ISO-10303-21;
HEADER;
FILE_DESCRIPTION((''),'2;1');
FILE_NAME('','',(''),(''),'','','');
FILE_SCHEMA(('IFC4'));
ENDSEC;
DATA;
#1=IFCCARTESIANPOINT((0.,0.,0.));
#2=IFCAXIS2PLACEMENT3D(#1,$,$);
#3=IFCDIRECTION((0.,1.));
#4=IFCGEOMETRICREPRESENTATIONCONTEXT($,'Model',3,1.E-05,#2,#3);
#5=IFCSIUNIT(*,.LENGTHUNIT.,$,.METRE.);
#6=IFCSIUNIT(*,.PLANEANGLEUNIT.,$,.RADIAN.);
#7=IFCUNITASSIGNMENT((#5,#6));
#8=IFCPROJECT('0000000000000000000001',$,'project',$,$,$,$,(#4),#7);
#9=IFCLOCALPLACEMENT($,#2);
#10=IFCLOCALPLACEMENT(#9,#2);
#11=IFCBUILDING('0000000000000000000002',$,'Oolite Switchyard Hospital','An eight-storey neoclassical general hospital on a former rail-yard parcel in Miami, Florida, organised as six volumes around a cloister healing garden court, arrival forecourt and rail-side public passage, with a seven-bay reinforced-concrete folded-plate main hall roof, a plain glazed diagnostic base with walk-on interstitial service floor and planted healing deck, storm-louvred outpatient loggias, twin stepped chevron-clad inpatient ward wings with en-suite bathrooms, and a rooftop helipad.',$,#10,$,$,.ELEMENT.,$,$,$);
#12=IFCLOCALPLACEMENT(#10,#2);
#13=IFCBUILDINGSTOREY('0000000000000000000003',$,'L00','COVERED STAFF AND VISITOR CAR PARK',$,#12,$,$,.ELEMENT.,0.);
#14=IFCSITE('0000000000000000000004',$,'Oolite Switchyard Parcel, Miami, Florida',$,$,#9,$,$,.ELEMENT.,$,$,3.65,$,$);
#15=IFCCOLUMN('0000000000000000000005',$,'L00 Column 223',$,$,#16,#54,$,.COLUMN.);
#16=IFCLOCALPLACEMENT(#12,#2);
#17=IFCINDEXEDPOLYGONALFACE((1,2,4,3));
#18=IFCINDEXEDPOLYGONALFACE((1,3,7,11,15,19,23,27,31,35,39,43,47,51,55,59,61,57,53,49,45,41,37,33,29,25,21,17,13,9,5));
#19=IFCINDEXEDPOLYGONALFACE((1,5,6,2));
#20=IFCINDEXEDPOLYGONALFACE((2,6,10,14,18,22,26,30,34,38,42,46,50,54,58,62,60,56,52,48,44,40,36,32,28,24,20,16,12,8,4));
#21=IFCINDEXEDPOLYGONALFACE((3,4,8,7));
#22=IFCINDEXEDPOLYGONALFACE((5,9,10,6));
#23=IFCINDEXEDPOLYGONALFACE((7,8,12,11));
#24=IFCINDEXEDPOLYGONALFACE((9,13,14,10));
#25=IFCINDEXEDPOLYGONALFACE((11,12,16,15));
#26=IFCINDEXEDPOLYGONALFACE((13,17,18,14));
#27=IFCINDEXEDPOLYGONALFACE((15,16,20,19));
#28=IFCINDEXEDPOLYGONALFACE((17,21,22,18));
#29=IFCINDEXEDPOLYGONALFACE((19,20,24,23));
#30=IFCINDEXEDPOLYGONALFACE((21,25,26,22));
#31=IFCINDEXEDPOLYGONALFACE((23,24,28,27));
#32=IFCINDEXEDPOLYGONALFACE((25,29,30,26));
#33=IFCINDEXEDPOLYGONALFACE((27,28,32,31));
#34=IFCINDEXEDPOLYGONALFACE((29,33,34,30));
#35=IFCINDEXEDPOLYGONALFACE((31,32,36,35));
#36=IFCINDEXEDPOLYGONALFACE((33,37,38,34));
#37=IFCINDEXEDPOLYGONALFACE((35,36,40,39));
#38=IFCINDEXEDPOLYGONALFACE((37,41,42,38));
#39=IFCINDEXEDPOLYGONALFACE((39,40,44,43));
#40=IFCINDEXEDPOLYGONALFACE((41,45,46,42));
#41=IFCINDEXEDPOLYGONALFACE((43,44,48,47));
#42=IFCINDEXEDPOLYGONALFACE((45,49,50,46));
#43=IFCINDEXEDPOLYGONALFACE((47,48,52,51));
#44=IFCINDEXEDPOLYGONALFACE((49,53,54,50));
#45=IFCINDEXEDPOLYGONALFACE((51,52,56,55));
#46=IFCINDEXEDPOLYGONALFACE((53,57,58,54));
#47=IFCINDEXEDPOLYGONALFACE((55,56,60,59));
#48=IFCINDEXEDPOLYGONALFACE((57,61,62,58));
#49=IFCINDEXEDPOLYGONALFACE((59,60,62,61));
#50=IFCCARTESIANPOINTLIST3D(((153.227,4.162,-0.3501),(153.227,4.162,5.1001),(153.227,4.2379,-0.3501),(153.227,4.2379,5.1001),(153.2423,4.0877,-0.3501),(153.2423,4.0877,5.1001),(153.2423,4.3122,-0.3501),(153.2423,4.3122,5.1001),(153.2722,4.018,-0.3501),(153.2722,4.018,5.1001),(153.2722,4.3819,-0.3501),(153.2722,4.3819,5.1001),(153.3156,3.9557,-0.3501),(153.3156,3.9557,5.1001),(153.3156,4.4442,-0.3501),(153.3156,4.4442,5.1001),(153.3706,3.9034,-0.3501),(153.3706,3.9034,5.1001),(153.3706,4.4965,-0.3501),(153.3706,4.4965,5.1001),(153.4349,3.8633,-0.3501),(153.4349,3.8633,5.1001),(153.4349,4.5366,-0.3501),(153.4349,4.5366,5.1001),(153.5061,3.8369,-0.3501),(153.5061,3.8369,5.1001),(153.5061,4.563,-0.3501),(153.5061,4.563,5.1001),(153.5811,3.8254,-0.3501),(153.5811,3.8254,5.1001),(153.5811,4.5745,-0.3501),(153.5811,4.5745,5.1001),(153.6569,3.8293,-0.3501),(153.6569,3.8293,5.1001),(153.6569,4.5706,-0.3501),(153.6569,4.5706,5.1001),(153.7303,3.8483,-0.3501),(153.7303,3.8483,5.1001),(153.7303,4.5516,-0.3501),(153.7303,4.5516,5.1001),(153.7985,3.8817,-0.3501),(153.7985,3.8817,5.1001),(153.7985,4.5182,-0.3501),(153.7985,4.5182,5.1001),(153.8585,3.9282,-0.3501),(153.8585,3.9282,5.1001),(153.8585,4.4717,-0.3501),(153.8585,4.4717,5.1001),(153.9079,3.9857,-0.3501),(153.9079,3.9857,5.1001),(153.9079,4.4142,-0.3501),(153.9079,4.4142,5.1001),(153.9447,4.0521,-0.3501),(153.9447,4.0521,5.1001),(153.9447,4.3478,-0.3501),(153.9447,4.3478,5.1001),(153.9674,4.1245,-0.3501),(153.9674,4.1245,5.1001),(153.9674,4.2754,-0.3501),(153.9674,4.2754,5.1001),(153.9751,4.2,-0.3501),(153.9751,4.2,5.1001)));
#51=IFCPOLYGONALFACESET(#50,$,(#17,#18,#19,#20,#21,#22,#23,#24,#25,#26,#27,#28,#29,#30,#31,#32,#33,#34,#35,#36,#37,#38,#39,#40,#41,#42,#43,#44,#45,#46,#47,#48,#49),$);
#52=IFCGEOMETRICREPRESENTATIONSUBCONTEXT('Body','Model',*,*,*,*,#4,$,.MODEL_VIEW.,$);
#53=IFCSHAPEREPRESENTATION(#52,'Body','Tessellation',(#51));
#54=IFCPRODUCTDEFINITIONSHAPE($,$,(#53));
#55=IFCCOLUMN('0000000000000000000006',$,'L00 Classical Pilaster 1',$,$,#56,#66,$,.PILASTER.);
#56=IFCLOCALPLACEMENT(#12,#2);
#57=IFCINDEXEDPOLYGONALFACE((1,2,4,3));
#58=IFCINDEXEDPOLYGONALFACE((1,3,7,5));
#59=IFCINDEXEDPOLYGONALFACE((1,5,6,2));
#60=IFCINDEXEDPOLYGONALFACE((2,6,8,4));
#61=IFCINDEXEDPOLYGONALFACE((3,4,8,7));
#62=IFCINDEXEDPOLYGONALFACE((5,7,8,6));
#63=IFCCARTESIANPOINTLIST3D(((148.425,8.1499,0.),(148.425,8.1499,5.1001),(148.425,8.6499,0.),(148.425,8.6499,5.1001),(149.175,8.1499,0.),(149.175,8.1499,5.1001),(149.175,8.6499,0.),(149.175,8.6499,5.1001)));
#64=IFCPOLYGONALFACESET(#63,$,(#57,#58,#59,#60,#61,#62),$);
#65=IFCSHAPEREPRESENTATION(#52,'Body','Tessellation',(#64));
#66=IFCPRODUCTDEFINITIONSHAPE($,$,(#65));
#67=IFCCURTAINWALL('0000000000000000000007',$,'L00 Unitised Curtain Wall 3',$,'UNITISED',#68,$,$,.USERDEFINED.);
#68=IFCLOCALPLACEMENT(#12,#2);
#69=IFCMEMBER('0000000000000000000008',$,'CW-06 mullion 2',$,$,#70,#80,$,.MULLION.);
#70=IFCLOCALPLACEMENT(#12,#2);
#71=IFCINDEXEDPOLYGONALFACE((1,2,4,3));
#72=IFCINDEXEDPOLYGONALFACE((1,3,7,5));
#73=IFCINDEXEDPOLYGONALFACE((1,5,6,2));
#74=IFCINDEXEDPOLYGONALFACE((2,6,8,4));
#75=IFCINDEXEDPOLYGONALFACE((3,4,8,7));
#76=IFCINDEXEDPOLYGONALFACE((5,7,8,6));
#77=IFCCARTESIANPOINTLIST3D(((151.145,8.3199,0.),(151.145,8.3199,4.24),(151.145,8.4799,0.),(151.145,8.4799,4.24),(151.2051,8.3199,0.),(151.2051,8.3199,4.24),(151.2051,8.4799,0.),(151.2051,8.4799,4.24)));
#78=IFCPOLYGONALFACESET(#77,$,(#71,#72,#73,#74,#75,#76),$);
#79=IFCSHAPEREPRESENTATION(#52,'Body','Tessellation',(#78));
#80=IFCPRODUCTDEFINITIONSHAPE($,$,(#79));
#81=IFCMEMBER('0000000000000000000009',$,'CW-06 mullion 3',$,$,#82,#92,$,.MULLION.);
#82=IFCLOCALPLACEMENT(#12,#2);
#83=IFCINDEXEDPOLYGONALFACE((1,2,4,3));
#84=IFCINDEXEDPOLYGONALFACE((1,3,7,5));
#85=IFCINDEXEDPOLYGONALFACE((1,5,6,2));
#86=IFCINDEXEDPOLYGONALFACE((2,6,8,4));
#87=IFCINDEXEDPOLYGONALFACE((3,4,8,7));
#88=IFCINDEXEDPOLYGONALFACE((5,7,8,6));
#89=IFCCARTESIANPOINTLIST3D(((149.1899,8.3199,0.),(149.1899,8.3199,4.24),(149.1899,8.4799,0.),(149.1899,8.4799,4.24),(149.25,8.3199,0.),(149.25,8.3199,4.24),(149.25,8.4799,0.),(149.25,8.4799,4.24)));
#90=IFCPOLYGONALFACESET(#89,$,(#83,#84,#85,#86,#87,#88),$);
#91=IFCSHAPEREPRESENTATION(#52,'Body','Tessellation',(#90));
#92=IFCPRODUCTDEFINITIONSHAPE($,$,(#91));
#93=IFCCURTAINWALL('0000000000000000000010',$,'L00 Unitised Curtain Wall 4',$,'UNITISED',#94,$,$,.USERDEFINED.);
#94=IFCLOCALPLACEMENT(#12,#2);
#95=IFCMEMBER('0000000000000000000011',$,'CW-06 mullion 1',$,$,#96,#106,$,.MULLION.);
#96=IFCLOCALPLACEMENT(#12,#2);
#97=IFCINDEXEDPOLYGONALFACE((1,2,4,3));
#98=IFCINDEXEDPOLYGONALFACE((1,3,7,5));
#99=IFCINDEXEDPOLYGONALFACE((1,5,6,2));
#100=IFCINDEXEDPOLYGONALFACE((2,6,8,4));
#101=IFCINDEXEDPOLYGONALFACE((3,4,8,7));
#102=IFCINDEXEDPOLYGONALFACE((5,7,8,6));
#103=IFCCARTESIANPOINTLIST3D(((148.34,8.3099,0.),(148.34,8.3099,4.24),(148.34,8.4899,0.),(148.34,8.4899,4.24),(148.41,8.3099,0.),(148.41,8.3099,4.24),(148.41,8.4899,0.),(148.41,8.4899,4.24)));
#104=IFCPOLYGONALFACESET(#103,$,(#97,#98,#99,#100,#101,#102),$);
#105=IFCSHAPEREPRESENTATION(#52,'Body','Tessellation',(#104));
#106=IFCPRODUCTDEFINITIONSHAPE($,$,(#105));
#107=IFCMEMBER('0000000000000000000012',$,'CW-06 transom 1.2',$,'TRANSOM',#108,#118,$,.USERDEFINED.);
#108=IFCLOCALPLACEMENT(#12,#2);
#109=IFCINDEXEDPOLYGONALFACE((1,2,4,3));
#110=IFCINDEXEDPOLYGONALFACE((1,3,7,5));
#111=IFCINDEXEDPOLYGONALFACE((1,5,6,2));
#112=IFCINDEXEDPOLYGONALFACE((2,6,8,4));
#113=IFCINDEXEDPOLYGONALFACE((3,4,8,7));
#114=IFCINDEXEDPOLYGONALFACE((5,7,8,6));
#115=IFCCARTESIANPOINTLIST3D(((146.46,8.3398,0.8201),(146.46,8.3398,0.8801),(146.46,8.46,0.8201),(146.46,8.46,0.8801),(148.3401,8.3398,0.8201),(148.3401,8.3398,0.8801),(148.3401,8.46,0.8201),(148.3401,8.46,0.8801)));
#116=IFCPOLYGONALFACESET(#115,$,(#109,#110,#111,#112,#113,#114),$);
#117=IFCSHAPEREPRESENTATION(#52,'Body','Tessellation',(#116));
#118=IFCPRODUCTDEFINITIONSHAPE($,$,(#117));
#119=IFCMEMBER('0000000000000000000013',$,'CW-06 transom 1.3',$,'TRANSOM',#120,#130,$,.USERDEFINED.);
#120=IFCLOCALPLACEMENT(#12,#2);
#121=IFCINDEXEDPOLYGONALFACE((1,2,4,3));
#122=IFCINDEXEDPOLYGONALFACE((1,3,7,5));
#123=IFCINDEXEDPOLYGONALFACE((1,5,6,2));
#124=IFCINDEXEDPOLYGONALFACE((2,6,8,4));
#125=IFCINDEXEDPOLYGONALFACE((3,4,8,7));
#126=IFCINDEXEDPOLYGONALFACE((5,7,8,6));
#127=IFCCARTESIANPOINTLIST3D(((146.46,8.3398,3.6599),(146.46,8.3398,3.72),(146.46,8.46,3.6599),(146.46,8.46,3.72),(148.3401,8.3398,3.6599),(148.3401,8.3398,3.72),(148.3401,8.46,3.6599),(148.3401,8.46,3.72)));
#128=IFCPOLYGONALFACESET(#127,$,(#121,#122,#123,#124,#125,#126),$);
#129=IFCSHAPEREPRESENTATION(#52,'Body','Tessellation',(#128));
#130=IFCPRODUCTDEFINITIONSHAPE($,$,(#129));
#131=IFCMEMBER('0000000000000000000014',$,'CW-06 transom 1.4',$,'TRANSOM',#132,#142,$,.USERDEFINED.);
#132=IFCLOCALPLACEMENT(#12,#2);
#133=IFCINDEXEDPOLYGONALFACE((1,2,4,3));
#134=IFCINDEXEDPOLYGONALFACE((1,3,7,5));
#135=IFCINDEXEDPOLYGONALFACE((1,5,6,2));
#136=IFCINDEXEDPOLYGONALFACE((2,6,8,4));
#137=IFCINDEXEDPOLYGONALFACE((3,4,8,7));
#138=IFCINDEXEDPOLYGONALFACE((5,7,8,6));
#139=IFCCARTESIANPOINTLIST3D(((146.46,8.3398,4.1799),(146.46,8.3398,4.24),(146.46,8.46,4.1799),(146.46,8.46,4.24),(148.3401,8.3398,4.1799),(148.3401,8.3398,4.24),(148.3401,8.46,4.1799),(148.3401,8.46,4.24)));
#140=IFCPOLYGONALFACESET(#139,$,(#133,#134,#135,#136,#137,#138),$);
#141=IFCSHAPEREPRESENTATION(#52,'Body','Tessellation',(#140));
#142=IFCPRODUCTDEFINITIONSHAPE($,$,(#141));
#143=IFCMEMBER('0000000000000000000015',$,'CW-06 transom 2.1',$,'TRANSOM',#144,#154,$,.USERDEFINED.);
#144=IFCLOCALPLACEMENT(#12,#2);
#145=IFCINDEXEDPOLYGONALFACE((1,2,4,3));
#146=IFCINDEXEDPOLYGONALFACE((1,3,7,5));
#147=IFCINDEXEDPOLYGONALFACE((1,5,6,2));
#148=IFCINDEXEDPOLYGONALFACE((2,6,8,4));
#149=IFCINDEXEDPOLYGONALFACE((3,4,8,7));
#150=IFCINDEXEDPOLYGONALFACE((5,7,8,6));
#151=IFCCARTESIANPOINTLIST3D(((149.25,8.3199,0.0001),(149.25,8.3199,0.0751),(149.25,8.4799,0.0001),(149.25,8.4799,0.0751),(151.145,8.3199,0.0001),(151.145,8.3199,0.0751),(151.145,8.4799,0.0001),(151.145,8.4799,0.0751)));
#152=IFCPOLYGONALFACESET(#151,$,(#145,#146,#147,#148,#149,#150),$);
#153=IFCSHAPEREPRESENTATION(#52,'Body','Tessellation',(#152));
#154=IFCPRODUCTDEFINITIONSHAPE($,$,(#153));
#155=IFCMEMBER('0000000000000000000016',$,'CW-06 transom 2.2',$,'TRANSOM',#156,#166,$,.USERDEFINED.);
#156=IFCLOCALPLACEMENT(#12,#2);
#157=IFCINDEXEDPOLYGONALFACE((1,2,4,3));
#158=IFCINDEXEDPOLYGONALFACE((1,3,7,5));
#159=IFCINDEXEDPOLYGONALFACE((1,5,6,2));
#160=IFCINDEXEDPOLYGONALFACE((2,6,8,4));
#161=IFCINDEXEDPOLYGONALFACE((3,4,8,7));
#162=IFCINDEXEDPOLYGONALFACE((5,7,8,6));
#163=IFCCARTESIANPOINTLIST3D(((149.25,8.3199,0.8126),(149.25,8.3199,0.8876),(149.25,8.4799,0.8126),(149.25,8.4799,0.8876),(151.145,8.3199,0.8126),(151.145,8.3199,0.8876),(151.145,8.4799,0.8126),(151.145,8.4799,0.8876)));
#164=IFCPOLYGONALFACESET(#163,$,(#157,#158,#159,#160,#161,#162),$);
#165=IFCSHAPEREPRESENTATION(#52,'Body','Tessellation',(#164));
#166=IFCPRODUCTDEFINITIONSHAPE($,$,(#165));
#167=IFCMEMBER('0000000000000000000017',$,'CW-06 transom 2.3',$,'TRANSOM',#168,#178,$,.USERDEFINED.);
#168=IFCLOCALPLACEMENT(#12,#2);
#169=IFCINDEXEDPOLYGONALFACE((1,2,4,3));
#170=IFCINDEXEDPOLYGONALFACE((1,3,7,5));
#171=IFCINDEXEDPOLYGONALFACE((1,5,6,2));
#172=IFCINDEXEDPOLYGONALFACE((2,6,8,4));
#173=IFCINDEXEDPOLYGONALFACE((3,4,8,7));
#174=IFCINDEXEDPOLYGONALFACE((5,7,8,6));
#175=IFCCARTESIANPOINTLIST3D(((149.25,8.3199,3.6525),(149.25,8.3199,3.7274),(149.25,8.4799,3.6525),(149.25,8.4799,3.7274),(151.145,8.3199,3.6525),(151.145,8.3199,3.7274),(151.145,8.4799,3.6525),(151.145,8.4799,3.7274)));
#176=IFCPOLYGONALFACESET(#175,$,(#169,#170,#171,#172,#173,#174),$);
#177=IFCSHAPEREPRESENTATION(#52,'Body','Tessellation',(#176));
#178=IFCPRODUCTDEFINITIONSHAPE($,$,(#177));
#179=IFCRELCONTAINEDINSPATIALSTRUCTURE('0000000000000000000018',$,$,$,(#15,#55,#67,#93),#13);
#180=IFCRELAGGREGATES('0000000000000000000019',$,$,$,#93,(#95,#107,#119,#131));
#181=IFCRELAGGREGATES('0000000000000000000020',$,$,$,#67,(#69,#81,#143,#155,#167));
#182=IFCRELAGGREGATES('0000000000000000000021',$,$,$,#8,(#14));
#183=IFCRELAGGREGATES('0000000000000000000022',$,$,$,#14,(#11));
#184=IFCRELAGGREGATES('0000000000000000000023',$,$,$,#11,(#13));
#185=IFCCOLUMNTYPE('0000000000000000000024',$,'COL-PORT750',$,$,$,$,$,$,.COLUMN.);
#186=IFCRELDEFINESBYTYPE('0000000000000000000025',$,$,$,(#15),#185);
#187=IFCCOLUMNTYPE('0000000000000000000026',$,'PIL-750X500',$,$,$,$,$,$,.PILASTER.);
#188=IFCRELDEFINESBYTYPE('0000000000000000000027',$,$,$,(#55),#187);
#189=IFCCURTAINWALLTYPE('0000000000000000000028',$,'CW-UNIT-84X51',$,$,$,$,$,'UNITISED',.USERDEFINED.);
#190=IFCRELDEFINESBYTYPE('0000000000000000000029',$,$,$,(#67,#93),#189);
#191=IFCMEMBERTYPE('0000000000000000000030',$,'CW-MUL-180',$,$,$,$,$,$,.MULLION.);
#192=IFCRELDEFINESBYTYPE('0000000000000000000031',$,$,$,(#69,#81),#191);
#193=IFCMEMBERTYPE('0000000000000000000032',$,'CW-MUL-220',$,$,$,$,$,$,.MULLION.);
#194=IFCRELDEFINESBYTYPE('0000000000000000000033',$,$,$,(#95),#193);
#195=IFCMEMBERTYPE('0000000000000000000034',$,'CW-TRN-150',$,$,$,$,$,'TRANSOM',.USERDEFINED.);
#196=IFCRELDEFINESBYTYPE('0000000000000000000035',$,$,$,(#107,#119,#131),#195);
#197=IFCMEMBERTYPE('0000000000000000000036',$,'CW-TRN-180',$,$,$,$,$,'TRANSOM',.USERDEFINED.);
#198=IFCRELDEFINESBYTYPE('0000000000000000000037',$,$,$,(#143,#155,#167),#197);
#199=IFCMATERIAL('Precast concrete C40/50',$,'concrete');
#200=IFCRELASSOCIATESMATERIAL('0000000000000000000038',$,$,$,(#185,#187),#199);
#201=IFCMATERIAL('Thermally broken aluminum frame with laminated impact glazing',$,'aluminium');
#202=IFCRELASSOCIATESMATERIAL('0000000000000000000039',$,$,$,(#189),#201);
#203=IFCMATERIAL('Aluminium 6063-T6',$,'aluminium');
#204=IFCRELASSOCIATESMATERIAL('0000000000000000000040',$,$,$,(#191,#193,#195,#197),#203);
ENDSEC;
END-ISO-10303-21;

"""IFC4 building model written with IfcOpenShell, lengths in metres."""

from ifc_helpers import new_model, si_unit, direction, frame, origin, origin_2d, place, context, subcontext, project, spatial, rectangle, circle, extrude, material, material_profile, profile_set, type_object, element, aggregate, save


model = new_model("IFC4")

# Units and contexts
model_context = context("Model", 3, precision=1e-05, world=origin(), true_north=direction((0.0, 1.0)))
body_context = subcontext(model_context, "Body", "Model", "MODEL_VIEW")
ifc_project = project(units=[si_unit("LENGTHUNIT", "METRE"), si_unit("PLANEANGLEUNIT", "RADIAN")], contexts=[model_context])

# Site, building, storey
site_placement = place(None, origin())
site = spatial("IfcSite", under=ifc_project, at=site_placement, Name="Oolite Switchyard Parcel, Miami, Florida", CompositionType="ELEMENT", RefElevation=3.65)
building_placement = place(site_placement, origin())
building = spatial("IfcBuilding", under=site, at=building_placement, Name="Oolite Switchyard Hospital", Description="An eight-storey neoclassical general hospital on a former rail-yard parcel in Miami, Florida, organised as six volumes around a cloister healing garden court, arrival forecourt and rail-side public passage, with a seven-bay reinforced-concrete folded-plate main hall roof, a plain glazed diagnostic base with walk-on interstitial service floor and planted healing deck, storm-louvred outpatient loggias, twin stepped chevron-clad inpatient ward wings with en-suite bathrooms, and a rooftop helipad.", CompositionType="ELEMENT")
storey_placement = place(building_placement, origin())
storey = spatial("IfcBuildingStorey", under=building, at=storey_placement, Name="L00", Description="COVERED STAFF AND VISITOR CAR PARK", CompositionType="ELEMENT", Elevation=0.0)

# Columns
ifc_material_1 = material(Name="Precast concrete C40/50", Category="concrete")
ifc_material_profile_1 = material_profile(ifc_material_1, circle(Radius=0.375, at=origin_2d()), Name="RCCOL750")
ifc_profile_set_1 = profile_set([ifc_material_profile_1], Name="Precast concrete C40/50")
column_type_1 = type_object("IfcColumnType", Name="COL-PORT750", PredefinedType="COLUMN", material=ifc_profile_set_1)
column_1_placement = place(storey_placement, frame((153.6001, 4.2, -0.3501), z_axis=(0.0, 0.0, 1.0), x_axis=(1.0, 0.0, 0.0)))
element("IfcColumn", 1, at=column_1_placement, inside=storey, type_object=column_type_1, Name="L00 Column 223", PredefinedType="COLUMN", context=body_context, shape_type="SweptSolid", body=[
    extrude(circle(Radius=0.375, at=origin_2d()), origin(), (0.0, 0.0, 1.0), 5.4502),
])
ifc_material_profile_2 = material_profile(ifc_material_1, rectangle(XDim=0.75, YDim=0.5, at=origin_2d()), Name="PIL750X500")
ifc_profile_set_2 = profile_set([ifc_material_profile_2], Name="Precast concrete C40/50")
column_type_2 = type_object("IfcColumnType", Name="PIL-750X500", PredefinedType="PILASTER", material=ifc_profile_set_2)
column_2_placement = place(storey_placement, frame((148.8, 8.3999, 0.0), z_axis=(0.0, 0.0, 1.0), x_axis=(1.0, 0.0, 0.0)))
element("IfcColumn", 2, at=column_2_placement, inside=storey, type_object=column_type_2, Name="L00 Classical Pilaster 1", PredefinedType="PILASTER", context=body_context, shape_type="SweptSolid", body=[
    extrude(rectangle(XDim=0.75, YDim=0.5, at=origin_2d()), origin(), (0.0, 0.0, 1.0), 5.1001),
])

# Curtain walls, members
ifc_material_2 = material(Name="Thermally broken aluminum frame with laminated impact glazing", Category="aluminium")
curtain_wall_type = type_object("IfcCurtainWallType", Name="CW-UNIT-84X51", ElementType="UNITISED", PredefinedType="USERDEFINED", material=ifc_material_2)
curtain_wall_1_placement = place(storey_placement, origin())
curtain_wall_1 = element("IfcCurtainWall", 3, at=curtain_wall_1_placement, inside=storey, type_object=curtain_wall_type, Name="L00 Unitised Curtain Wall 3", ObjectType="UNITISED", PredefinedType="USERDEFINED")
ifc_material_3 = material(Name="Aluminium 6063-T6", Category="aluminium")
ifc_material_profile_3 = material_profile(ifc_material_3, rectangle(XDim=0.1599, YDim=0.0601, at=origin_2d()), Name="CWM60X160")
ifc_profile_set_3 = profile_set([ifc_material_profile_3], Name="Aluminium 6063-T6")
member_type_1 = type_object("IfcMemberType", Name="CW-MUL-180", PredefinedType="MULLION", material=ifc_profile_set_3)
member_1_placement = place(storey_placement, frame((151.175, 8.3999, 0.0), z_axis=(0.0, 0.0, 1.0), x_axis=(0.0, -1.0, 0.0)))
member_1 = element("IfcMember", 4, at=member_1_placement, type_object=member_type_1, Name="CW-06 mullion 2", PredefinedType="MULLION", context=body_context, shape_type="SweptSolid", body=[
    extrude(rectangle(XDim=0.1599, YDim=0.0601, at=origin_2d()), origin(), (0.0, 0.0, 1.0), 4.24),
])
member_2_placement = place(storey_placement, frame((149.22, 8.3999, 0.0), z_axis=(0.0, 0.0, 1.0), x_axis=(0.0, -1.0, 0.0)))
member_2 = element("IfcMember", 5, at=member_2_placement, type_object=member_type_1, Name="CW-06 mullion 3", PredefinedType="MULLION", context=body_context, shape_type="SweptSolid", body=[
    extrude(rectangle(XDim=0.1599, YDim=0.0601, at=origin_2d()), origin(), (0.0, 0.0, 1.0), 4.24),
])
curtain_wall_2_placement = place(storey_placement, origin())
curtain_wall_2 = element("IfcCurtainWall", 6, at=curtain_wall_2_placement, inside=storey, type_object=curtain_wall_type, Name="L00 Unitised Curtain Wall 4", ObjectType="UNITISED", PredefinedType="USERDEFINED")
ifc_material_profile_4 = material_profile(ifc_material_3, rectangle(XDim=0.1799, YDim=0.0701, at=origin_2d()), Name="CWM70X180")
ifc_profile_set_4 = profile_set([ifc_material_profile_4], Name="Aluminium 6063-T6")
member_type_2 = type_object("IfcMemberType", Name="CW-MUL-220", PredefinedType="MULLION", material=ifc_profile_set_4)
member_3_placement = place(storey_placement, frame((148.375, 8.3999, 0.0), z_axis=(0.0, 0.0, 1.0), x_axis=(0.0, -1.0, 0.0)))
member_3 = element("IfcMember", 7, at=member_3_placement, type_object=member_type_2, Name="CW-06 mullion 1", PredefinedType="MULLION", context=body_context, shape_type="SweptSolid", body=[
    extrude(rectangle(XDim=0.1799, YDim=0.0701, at=origin_2d()), origin(), (0.0, 0.0, 1.0), 4.24),
])
ifc_material_profile_5 = material_profile(ifc_material_3, rectangle(XDim=0.1201, YDim=0.0601, at=origin_2d()), Name="CWT60X120")
ifc_profile_set_5 = profile_set([ifc_material_profile_5], Name="Aluminium 6063-T6")
member_type_3 = type_object("IfcMemberType", Name="CW-TRN-150", ElementType="TRANSOM", PredefinedType="USERDEFINED", material=ifc_profile_set_5)
member_4_placement = place(storey_placement, frame((148.3401, 8.3999, 0.8501), z_axis=(-1.0, 0.0, 0.0), x_axis=(0.0, -1.0, 0.0)))
member_4 = element("IfcMember", 8, at=member_4_placement, type_object=member_type_3, Name="CW-06 transom 1.2", ObjectType="TRANSOM", PredefinedType="USERDEFINED", context=body_context, shape_type="SweptSolid", body=[
    extrude(rectangle(XDim=0.1201, YDim=0.0601, at=origin_2d()), origin(), (0.0, 0.0, 1.0), 1.8801),
])
member_5_placement = place(storey_placement, frame((148.3401, 8.3999, 3.6899), z_axis=(-1.0, 0.0, 0.0), x_axis=(0.0, -1.0, 0.0)))
member_5 = element("IfcMember", 9, at=member_5_placement, type_object=member_type_3, Name="CW-06 transom 1.3", ObjectType="TRANSOM", PredefinedType="USERDEFINED", context=body_context, shape_type="SweptSolid", body=[
    extrude(rectangle(XDim=0.1201, YDim=0.0601, at=origin_2d()), origin(), (0.0, 0.0, 1.0), 1.8801),
])
member_6_placement = place(storey_placement, frame((148.3401, 8.3999, 4.21), z_axis=(-1.0, 0.0, 0.0), x_axis=(0.0, -1.0, 0.0)))
member_6 = element("IfcMember", 10, at=member_6_placement, type_object=member_type_3, Name="CW-06 transom 1.4", ObjectType="TRANSOM", PredefinedType="USERDEFINED", context=body_context, shape_type="SweptSolid", body=[
    extrude(rectangle(XDim=0.1201, YDim=0.0601, at=origin_2d()), origin(), (0.0, 0.0, 1.0), 1.8801),
])
aggregate(curtain_wall_2, [member_3, member_4, member_5, member_6])

# Members
ifc_material_profile_6 = material_profile(ifc_material_3, rectangle(XDim=0.1599, YDim=0.075, at=origin_2d()), Name="CWT75X160")
ifc_profile_set_6 = profile_set([ifc_material_profile_6], Name="Aluminium 6063-T6")
member_type_4 = type_object("IfcMemberType", Name="CW-TRN-180", ElementType="TRANSOM", PredefinedType="USERDEFINED", material=ifc_profile_set_6)
member_7_placement = place(storey_placement, frame((151.145, 8.3999, 0.0376), z_axis=(-1.0, 0.0, 0.0), x_axis=(0.0, -1.0, 0.0)))
member_7 = element("IfcMember", 11, at=member_7_placement, type_object=member_type_4, Name="CW-06 transom 2.1", ObjectType="TRANSOM", PredefinedType="USERDEFINED", context=body_context, shape_type="SweptSolid", body=[
    extrude(rectangle(XDim=0.1599, YDim=0.075, at=origin_2d()), origin(), (0.0, 0.0, 1.0), 1.895),
])
member_8_placement = place(storey_placement, frame((151.145, 8.3999, 0.8501), z_axis=(-1.0, 0.0, 0.0), x_axis=(0.0, -1.0, 0.0)))
member_8 = element("IfcMember", 12, at=member_8_placement, type_object=member_type_4, Name="CW-06 transom 2.2", ObjectType="TRANSOM", PredefinedType="USERDEFINED", context=body_context, shape_type="SweptSolid", body=[
    extrude(rectangle(XDim=0.1599, YDim=0.075, at=origin_2d()), origin(), (0.0, 0.0, 1.0), 1.895),
])
member_9_placement = place(storey_placement, frame((151.145, 8.3999, 3.6899), z_axis=(-1.0, 0.0, 0.0), x_axis=(0.0, -1.0, 0.0)))
member_9 = element("IfcMember", 13, at=member_9_placement, type_object=member_type_4, Name="CW-06 transom 2.3", ObjectType="TRANSOM", PredefinedType="USERDEFINED", context=body_context, shape_type="SweptSolid", body=[
    extrude(rectangle(XDim=0.1599, YDim=0.075, at=origin_2d()), origin(), (0.0, 0.0, 1.0), 1.895),
])

aggregate(curtain_wall_1, [member_1, member_2, member_7, member_8, member_9])

save(model, "model.ifc")
